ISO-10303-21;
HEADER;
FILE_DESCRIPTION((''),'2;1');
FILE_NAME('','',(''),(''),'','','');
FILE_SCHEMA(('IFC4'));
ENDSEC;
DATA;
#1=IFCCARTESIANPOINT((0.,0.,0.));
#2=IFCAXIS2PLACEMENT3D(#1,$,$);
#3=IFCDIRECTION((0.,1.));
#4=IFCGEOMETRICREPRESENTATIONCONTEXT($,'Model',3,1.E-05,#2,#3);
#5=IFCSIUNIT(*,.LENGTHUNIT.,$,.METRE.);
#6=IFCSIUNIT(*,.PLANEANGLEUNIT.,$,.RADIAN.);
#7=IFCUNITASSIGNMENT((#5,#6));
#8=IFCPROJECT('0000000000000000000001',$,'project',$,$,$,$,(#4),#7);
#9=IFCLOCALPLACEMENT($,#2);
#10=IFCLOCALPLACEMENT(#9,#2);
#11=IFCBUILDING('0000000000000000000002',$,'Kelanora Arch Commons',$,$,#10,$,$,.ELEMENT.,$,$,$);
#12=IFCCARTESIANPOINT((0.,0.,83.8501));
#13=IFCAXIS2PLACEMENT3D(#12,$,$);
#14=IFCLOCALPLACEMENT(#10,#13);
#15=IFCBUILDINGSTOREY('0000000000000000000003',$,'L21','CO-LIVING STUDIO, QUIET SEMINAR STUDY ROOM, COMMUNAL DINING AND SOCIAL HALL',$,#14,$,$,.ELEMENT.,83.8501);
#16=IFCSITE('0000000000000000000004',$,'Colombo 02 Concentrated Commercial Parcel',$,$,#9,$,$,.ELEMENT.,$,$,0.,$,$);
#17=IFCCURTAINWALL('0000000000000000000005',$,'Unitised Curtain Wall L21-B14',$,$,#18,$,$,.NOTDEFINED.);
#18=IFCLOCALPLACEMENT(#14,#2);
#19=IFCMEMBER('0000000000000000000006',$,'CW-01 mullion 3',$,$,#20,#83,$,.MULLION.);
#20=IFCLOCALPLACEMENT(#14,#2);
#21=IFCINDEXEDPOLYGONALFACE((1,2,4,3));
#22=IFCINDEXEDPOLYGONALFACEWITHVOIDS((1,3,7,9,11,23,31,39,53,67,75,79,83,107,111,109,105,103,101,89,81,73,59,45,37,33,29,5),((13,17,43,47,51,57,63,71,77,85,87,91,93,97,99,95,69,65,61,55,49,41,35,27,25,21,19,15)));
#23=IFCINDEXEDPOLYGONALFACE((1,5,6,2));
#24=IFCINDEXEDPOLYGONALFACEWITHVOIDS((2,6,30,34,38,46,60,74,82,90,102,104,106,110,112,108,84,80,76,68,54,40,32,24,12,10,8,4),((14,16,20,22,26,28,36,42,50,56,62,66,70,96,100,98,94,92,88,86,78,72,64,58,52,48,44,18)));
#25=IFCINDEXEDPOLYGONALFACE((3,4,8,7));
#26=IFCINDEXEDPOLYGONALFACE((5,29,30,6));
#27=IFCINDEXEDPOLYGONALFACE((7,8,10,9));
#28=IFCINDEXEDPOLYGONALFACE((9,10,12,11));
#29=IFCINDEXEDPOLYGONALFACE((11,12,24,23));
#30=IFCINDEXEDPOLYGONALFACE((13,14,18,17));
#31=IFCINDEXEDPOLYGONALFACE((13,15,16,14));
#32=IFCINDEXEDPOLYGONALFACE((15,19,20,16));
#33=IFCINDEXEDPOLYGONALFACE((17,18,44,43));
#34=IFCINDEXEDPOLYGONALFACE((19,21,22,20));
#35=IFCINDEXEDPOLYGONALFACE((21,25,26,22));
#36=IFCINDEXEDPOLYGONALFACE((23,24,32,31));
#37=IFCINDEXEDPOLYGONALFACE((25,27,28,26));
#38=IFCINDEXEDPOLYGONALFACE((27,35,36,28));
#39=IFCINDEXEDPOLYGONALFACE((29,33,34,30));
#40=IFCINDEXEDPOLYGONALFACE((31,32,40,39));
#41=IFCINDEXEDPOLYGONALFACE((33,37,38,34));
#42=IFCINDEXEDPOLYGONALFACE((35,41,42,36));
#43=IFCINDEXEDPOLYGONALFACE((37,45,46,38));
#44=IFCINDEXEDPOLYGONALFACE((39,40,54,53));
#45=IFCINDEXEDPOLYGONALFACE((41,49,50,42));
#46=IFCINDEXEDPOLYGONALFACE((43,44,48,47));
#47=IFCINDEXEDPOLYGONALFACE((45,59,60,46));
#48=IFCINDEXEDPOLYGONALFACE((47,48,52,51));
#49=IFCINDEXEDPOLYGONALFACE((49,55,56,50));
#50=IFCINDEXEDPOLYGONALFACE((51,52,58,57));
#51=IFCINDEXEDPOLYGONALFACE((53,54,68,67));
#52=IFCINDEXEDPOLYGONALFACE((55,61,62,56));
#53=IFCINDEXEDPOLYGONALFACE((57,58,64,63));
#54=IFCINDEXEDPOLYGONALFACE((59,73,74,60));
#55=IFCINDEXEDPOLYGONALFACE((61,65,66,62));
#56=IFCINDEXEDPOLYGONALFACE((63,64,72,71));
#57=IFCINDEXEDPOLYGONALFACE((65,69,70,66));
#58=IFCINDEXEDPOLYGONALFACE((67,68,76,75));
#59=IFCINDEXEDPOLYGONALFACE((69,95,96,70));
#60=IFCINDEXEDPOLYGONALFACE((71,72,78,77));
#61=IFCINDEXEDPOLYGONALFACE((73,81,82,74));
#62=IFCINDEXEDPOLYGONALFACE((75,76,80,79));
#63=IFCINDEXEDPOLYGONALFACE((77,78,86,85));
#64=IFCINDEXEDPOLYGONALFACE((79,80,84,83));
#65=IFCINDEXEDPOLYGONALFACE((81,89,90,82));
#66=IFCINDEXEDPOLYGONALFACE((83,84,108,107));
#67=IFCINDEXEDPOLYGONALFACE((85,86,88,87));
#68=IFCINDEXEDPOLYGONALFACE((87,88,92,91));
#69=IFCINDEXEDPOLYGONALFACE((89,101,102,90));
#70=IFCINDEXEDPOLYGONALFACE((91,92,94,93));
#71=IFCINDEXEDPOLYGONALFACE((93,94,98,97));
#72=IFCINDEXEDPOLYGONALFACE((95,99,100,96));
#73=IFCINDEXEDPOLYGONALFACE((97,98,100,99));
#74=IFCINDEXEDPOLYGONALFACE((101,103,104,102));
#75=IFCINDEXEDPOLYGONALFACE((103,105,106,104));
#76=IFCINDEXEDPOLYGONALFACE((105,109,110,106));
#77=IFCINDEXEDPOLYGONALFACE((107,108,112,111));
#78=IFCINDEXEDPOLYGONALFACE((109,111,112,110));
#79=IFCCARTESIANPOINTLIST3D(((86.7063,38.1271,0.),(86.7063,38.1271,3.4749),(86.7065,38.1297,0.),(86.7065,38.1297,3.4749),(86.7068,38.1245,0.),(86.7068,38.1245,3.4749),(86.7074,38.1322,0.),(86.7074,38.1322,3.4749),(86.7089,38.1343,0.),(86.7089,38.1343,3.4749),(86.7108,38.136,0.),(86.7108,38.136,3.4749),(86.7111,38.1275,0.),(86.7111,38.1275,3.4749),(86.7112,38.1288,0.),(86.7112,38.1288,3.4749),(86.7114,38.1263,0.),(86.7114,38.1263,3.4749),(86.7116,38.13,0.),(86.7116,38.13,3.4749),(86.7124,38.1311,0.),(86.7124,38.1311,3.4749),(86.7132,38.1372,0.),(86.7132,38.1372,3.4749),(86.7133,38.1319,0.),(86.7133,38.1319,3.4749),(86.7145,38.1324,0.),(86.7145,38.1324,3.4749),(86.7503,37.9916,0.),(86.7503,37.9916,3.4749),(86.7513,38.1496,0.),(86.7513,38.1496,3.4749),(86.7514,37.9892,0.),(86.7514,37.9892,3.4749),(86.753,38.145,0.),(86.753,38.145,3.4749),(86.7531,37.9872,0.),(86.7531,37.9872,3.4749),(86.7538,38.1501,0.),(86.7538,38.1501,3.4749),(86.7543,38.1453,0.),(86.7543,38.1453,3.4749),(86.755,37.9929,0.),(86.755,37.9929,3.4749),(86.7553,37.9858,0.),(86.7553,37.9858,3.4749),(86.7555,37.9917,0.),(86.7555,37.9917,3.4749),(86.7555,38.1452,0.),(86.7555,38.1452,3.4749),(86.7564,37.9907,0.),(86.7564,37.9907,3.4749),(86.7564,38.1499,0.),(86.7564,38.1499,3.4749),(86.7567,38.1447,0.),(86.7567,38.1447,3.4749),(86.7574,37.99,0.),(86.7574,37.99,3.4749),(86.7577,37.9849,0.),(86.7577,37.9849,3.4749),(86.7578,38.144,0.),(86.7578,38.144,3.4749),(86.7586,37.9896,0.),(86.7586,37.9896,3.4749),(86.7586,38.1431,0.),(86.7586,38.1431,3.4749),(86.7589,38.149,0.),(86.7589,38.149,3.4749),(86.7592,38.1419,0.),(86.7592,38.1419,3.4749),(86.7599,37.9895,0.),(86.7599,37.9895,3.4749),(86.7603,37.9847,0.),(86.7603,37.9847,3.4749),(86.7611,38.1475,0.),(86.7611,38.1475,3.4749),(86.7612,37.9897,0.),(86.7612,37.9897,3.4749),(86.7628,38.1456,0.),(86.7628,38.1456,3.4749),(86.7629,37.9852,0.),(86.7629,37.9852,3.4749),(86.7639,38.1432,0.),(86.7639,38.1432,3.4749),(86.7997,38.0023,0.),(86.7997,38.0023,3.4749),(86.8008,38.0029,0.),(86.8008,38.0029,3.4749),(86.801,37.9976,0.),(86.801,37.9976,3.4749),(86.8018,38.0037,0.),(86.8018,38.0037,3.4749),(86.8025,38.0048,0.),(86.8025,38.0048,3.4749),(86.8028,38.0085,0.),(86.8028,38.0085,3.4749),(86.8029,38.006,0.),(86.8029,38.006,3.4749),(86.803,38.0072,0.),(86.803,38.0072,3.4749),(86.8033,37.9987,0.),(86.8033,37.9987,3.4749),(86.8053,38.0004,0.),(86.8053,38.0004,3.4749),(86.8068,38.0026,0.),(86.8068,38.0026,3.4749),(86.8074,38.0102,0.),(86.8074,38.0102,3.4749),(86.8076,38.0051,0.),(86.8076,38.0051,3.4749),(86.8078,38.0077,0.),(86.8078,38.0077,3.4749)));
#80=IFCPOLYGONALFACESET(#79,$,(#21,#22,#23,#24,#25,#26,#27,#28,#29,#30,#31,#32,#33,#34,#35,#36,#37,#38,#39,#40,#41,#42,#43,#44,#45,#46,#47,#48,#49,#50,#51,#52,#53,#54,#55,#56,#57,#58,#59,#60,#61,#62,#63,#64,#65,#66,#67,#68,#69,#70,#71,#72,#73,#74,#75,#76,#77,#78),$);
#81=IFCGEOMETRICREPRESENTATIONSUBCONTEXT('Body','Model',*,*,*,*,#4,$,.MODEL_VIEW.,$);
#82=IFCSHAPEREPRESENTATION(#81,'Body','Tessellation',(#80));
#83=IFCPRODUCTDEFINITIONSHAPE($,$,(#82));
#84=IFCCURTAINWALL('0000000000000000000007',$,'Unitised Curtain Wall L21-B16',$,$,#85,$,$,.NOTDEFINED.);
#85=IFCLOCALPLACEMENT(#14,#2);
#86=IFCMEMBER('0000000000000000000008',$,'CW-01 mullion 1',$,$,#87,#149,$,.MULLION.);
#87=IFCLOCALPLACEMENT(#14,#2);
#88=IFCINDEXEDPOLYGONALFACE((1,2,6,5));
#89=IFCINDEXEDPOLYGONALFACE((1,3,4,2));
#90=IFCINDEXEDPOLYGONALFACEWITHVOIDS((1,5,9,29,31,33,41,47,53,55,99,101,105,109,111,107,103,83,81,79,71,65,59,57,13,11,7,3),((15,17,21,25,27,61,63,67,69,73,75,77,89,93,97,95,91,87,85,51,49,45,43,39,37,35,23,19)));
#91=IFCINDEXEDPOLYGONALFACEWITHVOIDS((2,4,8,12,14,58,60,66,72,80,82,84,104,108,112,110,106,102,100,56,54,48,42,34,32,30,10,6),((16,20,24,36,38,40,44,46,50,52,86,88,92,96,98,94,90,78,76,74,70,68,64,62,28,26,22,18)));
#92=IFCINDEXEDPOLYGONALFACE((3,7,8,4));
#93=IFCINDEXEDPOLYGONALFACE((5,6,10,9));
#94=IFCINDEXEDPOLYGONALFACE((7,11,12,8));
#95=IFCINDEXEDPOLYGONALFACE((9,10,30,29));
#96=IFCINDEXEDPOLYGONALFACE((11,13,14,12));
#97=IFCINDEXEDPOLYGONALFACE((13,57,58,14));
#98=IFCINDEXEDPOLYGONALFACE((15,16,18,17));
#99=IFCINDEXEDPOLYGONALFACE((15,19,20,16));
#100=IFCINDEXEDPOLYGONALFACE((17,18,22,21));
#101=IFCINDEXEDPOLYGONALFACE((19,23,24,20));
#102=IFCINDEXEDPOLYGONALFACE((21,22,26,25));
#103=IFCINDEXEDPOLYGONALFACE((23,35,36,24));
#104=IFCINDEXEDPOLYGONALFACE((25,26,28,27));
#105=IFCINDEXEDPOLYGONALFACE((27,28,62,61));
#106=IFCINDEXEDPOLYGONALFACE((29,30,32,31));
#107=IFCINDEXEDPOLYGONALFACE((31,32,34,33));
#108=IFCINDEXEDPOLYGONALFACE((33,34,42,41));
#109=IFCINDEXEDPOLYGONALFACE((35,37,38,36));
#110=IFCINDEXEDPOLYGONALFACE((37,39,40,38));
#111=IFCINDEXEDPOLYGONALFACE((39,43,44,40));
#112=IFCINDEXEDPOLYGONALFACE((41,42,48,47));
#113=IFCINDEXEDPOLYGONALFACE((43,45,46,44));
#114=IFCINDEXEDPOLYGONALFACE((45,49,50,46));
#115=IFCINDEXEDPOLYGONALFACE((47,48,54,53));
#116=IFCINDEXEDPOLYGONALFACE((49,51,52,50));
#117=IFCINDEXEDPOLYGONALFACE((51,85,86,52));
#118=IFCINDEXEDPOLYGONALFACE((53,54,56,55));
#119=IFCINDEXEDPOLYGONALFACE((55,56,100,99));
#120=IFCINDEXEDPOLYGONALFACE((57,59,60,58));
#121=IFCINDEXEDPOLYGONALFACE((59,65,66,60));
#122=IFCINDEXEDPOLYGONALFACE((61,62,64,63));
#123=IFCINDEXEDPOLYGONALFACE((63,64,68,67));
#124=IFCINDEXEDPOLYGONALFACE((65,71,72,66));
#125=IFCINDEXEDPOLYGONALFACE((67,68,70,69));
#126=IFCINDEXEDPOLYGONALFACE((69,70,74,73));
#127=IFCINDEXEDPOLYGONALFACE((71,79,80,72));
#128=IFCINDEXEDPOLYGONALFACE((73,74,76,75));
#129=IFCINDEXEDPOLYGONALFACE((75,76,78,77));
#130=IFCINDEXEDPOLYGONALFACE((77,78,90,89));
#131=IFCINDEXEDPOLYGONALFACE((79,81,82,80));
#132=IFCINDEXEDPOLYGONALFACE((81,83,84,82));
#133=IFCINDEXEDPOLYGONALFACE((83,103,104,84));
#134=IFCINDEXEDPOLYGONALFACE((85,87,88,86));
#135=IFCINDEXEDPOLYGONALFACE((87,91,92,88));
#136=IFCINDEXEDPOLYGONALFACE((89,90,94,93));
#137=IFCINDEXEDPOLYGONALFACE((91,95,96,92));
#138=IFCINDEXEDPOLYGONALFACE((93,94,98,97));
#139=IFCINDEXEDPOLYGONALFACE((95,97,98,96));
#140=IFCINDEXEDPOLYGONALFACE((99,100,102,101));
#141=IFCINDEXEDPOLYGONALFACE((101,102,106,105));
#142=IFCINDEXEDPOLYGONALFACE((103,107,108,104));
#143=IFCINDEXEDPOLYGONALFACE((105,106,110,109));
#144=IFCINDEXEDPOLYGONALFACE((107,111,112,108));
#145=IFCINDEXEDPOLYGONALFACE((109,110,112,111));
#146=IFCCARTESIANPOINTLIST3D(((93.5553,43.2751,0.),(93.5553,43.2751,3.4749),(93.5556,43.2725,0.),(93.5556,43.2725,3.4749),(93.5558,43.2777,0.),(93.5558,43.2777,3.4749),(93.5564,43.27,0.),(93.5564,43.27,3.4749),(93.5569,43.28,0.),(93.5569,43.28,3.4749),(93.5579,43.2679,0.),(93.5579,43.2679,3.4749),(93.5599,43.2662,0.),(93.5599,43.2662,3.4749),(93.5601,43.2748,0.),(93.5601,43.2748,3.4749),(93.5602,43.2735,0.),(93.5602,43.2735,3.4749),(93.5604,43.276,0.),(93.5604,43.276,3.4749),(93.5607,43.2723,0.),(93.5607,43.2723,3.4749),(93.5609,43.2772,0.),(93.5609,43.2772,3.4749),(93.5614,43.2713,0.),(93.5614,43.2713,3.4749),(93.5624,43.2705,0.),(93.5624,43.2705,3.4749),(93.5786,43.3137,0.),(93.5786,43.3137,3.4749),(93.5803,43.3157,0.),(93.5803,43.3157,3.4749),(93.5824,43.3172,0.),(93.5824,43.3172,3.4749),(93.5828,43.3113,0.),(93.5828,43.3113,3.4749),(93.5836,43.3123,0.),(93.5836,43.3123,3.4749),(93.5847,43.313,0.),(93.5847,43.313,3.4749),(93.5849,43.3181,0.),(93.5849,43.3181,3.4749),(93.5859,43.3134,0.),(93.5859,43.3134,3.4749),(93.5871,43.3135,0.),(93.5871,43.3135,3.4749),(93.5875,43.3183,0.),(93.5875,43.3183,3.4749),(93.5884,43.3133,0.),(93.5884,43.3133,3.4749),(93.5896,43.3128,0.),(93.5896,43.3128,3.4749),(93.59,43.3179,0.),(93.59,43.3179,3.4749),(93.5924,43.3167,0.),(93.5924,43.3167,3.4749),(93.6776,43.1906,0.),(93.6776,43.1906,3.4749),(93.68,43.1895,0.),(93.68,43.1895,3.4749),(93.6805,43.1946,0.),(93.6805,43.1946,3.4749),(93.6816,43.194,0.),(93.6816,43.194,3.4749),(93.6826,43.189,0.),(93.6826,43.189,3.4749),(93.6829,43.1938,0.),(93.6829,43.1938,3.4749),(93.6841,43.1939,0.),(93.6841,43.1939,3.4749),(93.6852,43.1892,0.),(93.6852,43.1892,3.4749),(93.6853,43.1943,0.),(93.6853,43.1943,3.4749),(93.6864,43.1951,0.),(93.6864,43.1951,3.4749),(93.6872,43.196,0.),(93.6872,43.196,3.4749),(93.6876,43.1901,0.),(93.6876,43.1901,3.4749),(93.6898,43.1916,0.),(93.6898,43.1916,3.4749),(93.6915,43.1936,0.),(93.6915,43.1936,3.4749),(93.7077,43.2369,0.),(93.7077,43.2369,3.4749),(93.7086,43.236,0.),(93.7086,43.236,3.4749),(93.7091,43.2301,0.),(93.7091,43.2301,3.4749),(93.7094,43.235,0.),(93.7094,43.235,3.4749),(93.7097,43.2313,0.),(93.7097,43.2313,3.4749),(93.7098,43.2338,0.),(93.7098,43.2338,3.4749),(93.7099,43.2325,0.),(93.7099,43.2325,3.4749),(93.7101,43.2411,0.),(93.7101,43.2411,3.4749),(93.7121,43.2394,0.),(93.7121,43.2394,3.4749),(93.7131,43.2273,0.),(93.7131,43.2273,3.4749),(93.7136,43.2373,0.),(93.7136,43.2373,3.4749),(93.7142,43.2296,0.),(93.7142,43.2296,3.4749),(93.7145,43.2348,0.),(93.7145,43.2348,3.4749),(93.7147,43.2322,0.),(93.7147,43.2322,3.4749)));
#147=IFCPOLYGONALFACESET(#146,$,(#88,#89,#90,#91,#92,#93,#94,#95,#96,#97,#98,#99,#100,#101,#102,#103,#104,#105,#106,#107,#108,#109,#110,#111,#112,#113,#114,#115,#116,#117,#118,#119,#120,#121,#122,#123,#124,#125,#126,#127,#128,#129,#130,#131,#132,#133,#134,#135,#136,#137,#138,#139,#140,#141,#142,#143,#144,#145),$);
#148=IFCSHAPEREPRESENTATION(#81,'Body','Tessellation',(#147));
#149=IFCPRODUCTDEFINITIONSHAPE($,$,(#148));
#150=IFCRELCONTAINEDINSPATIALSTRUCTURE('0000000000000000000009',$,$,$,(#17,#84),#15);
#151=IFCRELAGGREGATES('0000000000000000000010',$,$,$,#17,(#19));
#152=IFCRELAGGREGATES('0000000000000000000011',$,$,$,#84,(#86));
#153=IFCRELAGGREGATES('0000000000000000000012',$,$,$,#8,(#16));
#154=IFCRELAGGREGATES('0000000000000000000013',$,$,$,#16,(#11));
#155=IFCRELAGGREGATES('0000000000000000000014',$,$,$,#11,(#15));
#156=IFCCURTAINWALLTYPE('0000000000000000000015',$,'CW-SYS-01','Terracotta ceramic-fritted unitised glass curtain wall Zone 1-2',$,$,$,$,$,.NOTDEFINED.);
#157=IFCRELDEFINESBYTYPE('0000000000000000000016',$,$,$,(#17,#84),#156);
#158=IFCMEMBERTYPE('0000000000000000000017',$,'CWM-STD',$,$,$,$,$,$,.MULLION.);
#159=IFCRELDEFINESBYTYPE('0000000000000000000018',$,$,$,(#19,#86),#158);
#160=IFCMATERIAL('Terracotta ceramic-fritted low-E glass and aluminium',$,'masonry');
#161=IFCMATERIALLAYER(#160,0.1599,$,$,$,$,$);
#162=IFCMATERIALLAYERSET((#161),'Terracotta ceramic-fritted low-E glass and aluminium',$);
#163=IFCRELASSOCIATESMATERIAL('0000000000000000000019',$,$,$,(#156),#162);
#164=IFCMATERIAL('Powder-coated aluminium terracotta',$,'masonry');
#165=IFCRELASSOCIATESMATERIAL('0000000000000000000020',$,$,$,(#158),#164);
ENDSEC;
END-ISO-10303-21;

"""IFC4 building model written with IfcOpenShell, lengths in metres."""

from ifc_helpers import new_model, si_unit, direction, frame, origin, origin_2d, place, context, subcontext, project, spatial, hollow_rectangle, extrude, material, layer, layer_set, material_profile, profile_set, type_object, element, aggregate, save


model = new_model("IFC4")

# Units and contexts
model_context = context("Model", 3, precision=1e-05, world=origin(), true_north=direction((0.0, 1.0)))
body_context = subcontext(model_context, "Body", "Model", "MODEL_VIEW")
ifc_project = project(units=[si_unit("LENGTHUNIT", "METRE"), si_unit("PLANEANGLEUNIT", "RADIAN")], contexts=[model_context])

# Site, building, storey
site_placement = place(None, origin())
site = spatial("IfcSite", under=ifc_project, at=site_placement, Name="Colombo 02 Concentrated Commercial Parcel", CompositionType="ELEMENT", RefElevation=0.0)
building_placement = place(site_placement, origin())
building = spatial("IfcBuilding", under=site, at=building_placement, Name="Kelanora Arch Commons", CompositionType="ELEMENT")
storey_placement = place(building_placement, frame((0.0, 0.0, 83.8501)))
storey = spatial("IfcBuildingStorey", under=building, at=storey_placement, Name="L21", Description="CO-LIVING STUDIO, QUIET SEMINAR STUDY ROOM, COMMUNAL DINING AND SOCIAL HALL", CompositionType="ELEMENT", Elevation=83.8501)

# Curtain wall, member
ifc_material_1 = material(Name="Terracotta ceramic-fritted low-E glass and aluminium", Category="masonry")
ifc_layer_1 = layer(ifc_material_1, 0.1599)
ifc_layer_set_1 = layer_set([ifc_layer_1], Name="Terracotta ceramic-fritted low-E glass and aluminium")
curtain_wall_type = type_object("IfcCurtainWallType", Name="CW-SYS-01", Description="Terracotta ceramic-fritted unitised glass curtain wall Zone 1-2", PredefinedType="NOTDEFINED", material=ifc_layer_set_1)
curtain_wall_1_placement = place(storey_placement, origin())
curtain_wall_1 = element("IfcCurtainWall", 1, at=curtain_wall_1_placement, inside=storey, type_object=curtain_wall_type, Name="Unitised Curtain Wall L21-B14", PredefinedType="NOTDEFINED")
ifc_material_2 = material(Name="Powder-coated aluminium terracotta", Category="masonry")
ifc_material_profile_1 = material_profile(ifc_material_2, hollow_rectangle(XDim=0.1599, YDim=0.0601, WallThickness=0.0049, InnerFilletRadius=0.0049, OuterFilletRadius=0.01, at=origin_2d()), Name="CWM160x60")
ifc_profile_set_1 = profile_set([ifc_material_profile_1], Name="Powder-coated aluminium terracotta")
member_type_1 = type_object("IfcMemberType", Name="CWM-STD", PredefinedType="MULLION", material=ifc_profile_set_1)
member_1_placement = place(storey_placement, frame((86.7571, 38.0674, 0.0), z_axis=(0.0, 0.0, 1.0), x_axis=(-0.310805, 0.950474, 0.0)))
member_1 = element("IfcMember", 2, at=member_1_placement, type_object=member_type_1, Name="CW-01 mullion 3", PredefinedType="MULLION", context=body_context, shape_type="SweptSolid", body=[
    extrude(hollow_rectangle(XDim=0.1599, YDim=0.0601, WallThickness=0.0049, InnerFilletRadius=0.0049, OuterFilletRadius=0.01, at=origin_2d()), origin(), (0.0, 0.0, 1.0), 3.4749),
])
aggregate(curtain_wall_1, [member_1])

# Curtain wall, member
curtain_wall_2_placement = place(storey_placement, origin())
curtain_wall_2 = element("IfcCurtainWall", 3, at=curtain_wall_2_placement, inside=storey, type_object=curtain_wall_type, Name="Unitised Curtain Wall L21-B16", PredefinedType="NOTDEFINED")
member_2_placement = place(storey_placement, frame((93.635, 43.2537, 0.0), z_axis=(0.0, 0.0, 1.0), x_axis=(-0.841269, 0.540617, 0.0)))
member_2 = element("IfcMember", 4, at=member_2_placement, type_object=member_type_1, Name="CW-01 mullion 1", PredefinedType="MULLION", context=body_context, shape_type="SweptSolid", body=[
    extrude(hollow_rectangle(XDim=0.1599, YDim=0.0601, WallThickness=0.0049, InnerFilletRadius=0.0049, OuterFilletRadius=0.01, at=origin_2d()), origin(), (0.0, 0.0, 1.0), 3.4749),
])
aggregate(curtain_wall_2, [member_2])

save(model, "model.ifc")
